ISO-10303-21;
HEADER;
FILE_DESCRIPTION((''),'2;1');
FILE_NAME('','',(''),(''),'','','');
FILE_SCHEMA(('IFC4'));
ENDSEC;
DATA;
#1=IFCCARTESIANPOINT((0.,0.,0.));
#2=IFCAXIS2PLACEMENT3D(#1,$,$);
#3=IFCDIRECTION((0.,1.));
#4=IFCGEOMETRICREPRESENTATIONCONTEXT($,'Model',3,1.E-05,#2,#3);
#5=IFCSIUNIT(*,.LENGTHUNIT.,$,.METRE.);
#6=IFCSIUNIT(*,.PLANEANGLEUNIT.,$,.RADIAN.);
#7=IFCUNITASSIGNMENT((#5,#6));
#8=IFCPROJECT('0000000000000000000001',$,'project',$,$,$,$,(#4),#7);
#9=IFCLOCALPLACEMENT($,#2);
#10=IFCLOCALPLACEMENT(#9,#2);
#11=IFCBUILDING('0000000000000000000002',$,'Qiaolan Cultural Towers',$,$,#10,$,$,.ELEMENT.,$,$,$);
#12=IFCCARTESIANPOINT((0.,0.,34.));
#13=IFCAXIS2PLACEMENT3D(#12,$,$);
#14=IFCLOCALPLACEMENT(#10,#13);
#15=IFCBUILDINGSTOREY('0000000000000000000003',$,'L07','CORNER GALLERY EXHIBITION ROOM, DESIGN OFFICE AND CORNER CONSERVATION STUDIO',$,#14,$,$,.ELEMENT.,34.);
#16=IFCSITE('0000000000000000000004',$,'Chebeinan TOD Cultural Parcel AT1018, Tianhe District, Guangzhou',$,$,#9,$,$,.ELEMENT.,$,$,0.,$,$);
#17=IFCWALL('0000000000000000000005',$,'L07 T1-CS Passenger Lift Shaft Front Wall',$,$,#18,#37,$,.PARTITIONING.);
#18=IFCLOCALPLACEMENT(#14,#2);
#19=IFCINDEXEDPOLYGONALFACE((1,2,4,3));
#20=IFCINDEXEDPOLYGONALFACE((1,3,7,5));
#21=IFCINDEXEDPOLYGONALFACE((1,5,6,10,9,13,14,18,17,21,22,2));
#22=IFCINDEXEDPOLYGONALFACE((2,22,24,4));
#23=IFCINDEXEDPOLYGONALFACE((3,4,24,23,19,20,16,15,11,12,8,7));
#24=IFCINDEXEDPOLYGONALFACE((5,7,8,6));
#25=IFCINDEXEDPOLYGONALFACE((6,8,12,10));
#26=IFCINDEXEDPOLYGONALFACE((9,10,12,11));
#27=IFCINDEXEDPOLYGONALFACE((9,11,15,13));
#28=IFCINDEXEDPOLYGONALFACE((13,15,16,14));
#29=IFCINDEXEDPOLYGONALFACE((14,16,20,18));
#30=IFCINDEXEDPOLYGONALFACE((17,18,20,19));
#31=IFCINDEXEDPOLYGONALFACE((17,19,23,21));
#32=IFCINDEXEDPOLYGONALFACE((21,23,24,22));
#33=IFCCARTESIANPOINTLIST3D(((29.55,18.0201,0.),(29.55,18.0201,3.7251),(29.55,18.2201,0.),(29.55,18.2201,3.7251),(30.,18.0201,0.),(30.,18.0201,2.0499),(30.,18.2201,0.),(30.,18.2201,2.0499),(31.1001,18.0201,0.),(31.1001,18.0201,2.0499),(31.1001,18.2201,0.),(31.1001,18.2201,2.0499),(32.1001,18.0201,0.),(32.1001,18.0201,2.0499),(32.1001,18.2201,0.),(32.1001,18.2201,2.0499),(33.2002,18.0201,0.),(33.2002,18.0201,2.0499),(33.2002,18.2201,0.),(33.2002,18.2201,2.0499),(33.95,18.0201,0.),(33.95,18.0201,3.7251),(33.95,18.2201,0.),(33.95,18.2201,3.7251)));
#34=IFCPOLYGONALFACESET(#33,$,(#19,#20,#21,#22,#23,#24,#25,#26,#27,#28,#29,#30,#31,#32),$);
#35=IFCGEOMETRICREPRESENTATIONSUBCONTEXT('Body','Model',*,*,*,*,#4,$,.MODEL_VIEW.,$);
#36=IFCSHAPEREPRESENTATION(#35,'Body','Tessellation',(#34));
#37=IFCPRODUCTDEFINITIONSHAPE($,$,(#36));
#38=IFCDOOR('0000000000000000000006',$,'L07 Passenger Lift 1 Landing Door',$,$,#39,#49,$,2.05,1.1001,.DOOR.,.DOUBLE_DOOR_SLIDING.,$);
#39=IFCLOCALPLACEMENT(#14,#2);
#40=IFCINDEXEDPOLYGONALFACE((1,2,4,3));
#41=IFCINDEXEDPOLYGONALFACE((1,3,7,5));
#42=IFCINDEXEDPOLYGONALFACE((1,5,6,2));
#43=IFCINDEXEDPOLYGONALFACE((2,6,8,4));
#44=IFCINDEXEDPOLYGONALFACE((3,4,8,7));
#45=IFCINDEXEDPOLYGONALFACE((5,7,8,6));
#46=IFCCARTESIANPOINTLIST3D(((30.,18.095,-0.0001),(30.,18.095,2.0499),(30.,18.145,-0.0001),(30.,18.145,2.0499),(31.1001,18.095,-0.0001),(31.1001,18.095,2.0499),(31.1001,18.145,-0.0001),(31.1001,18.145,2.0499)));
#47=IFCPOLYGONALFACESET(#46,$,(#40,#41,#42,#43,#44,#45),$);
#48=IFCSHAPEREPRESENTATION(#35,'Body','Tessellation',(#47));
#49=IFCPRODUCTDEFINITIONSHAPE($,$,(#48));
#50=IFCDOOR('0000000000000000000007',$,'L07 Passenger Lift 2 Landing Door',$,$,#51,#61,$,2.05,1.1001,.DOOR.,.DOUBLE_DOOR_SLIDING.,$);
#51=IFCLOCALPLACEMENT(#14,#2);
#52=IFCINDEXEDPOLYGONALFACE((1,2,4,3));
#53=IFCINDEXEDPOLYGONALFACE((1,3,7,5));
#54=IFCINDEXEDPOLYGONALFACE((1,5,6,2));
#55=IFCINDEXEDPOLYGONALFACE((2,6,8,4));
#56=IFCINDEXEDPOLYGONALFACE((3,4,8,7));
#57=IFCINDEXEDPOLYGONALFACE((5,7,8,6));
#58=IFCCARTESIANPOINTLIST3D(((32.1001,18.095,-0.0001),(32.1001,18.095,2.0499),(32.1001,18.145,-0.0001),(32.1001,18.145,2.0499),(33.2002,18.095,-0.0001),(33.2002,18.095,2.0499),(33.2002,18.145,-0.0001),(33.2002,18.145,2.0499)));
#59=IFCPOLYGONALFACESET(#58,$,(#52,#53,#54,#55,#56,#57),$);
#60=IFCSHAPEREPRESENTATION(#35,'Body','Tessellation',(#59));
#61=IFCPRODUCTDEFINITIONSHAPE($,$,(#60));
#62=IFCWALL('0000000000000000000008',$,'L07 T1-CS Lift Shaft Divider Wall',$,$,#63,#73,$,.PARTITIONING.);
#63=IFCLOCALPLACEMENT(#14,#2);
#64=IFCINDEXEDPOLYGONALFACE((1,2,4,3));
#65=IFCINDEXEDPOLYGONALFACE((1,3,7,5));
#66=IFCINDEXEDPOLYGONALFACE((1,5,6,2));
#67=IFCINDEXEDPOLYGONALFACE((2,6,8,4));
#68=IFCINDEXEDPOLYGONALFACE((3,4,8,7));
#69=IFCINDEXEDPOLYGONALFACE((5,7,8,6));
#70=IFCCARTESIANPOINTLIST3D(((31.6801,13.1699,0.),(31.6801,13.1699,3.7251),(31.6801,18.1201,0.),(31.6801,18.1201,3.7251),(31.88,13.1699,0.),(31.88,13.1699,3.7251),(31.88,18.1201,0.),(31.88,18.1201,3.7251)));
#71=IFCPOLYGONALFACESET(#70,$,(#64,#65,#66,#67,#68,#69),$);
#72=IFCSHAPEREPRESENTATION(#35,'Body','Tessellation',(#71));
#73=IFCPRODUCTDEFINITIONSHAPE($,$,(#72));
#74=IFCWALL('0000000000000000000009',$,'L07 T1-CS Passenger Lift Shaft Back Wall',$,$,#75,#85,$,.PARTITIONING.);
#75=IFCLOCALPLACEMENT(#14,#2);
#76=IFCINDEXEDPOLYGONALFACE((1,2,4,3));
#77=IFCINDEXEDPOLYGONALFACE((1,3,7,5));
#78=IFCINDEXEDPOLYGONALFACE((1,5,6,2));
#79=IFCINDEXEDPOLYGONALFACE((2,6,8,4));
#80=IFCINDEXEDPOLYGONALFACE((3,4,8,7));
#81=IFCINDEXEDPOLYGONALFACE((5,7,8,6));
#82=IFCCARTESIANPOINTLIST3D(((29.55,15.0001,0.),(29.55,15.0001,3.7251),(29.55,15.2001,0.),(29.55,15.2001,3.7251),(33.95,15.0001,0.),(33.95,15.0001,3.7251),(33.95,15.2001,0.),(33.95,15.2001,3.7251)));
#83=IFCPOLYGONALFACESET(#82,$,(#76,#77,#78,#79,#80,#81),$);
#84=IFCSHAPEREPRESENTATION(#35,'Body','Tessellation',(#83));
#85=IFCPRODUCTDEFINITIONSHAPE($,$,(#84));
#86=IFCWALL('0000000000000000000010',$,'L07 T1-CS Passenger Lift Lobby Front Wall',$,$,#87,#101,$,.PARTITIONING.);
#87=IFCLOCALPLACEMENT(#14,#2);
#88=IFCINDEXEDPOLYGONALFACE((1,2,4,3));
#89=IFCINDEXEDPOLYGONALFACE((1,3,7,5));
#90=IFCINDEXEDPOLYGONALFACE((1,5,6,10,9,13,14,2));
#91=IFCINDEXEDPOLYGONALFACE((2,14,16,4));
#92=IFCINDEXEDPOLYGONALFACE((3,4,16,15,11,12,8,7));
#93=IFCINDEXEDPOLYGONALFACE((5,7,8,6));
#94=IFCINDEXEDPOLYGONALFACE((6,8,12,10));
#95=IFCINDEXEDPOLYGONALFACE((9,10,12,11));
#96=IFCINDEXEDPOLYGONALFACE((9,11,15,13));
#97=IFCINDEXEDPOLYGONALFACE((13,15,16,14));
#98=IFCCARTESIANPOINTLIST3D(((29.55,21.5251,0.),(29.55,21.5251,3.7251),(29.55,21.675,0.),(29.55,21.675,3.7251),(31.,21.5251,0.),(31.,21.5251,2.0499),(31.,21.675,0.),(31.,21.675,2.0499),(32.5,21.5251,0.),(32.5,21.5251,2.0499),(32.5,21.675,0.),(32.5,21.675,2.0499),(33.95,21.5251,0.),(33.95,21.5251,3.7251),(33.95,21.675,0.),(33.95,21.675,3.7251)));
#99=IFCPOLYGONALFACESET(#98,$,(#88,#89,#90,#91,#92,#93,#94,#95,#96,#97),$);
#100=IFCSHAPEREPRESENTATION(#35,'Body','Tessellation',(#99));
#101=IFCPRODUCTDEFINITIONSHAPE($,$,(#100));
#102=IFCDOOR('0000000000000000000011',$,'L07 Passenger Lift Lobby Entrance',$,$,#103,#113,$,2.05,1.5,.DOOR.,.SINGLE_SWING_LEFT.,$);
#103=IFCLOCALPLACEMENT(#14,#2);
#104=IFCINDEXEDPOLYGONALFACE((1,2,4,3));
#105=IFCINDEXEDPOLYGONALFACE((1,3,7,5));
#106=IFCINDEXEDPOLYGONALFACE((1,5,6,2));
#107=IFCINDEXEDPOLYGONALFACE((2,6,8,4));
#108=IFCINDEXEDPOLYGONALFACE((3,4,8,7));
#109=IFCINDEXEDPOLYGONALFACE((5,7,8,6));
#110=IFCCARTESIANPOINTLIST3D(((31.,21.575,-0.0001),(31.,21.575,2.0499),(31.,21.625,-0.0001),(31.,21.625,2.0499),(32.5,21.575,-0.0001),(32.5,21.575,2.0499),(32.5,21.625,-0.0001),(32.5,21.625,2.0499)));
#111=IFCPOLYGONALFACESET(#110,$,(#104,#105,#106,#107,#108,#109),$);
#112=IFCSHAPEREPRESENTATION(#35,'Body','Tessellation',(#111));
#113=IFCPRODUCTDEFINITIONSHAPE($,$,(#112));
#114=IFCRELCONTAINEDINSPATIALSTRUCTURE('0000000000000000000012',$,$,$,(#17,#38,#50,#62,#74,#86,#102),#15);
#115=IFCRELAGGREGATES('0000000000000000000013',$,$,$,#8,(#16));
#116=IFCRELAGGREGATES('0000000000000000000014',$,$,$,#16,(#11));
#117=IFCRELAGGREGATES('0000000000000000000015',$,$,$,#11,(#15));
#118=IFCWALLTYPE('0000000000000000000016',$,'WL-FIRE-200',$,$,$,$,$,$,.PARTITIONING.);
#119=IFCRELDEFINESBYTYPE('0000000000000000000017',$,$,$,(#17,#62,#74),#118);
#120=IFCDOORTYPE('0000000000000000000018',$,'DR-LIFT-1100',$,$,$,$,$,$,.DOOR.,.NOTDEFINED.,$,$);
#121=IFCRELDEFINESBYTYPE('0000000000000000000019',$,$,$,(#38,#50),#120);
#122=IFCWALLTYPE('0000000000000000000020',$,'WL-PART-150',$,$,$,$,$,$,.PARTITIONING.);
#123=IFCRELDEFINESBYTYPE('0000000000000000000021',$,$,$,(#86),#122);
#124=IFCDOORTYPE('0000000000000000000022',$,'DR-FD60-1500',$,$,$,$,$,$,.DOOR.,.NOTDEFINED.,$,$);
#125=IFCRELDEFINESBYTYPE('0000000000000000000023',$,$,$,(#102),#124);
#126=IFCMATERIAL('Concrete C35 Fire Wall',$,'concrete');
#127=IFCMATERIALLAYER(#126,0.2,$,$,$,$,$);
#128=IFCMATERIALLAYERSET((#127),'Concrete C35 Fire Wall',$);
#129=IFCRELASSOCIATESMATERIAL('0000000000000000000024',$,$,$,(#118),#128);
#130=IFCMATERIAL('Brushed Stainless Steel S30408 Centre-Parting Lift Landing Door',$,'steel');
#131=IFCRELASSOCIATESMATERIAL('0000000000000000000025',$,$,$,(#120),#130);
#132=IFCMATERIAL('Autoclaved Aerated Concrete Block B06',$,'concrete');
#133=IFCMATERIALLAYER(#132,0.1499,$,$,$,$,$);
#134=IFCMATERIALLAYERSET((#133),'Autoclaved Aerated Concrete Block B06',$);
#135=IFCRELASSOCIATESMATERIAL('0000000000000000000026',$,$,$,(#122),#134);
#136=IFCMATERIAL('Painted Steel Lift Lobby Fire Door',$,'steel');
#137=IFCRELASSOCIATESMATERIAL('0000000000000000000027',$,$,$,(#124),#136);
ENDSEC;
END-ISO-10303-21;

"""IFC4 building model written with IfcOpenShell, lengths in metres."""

from ifc_helpers import new_model, si_unit, direction, frame, frame_2d, origin, place, context, subcontext, project, spatial, rectangle, extrude, material, layer, layer_set, type_object, element, fill, save


model = new_model("IFC4")

# Units and contexts
model_context = context("Model", 3, precision=1e-05, world=origin(), true_north=direction((0.0, 1.0)))
body_context = subcontext(model_context, "Body", "Model", "MODEL_VIEW")
ifc_project = project(units=[si_unit("LENGTHUNIT", "METRE"), si_unit("PLANEANGLEUNIT", "RADIAN")], contexts=[model_context])

# Site, building, storey
site_placement = place(None, origin())
site = spatial("IfcSite", under=ifc_project, at=site_placement, Name="Chebeinan TOD Cultural Parcel AT1018, Tianhe District, Guangzhou", CompositionType="ELEMENT", RefElevation=0.0)
building_placement = place(site_placement, origin())
building = spatial("IfcBuilding", under=site, at=building_placement, Name="Qiaolan Cultural Towers", CompositionType="ELEMENT")
storey_placement = place(building_placement, frame((0.0, 0.0, 34.0)))
storey = spatial("IfcBuildingStorey", under=building, at=storey_placement, Name="L07", Description="CORNER GALLERY EXHIBITION ROOM, DESIGN OFFICE AND CORNER CONSERVATION STUDIO", CompositionType="ELEMENT", Elevation=34.0)

# Shared definitions
ifc_material_1 = material(Name="Concrete C35 Fire Wall", Category="concrete")
ifc_layer_1 = layer(ifc_material_1, 0.2)
ifc_layer_set_1 = layer_set([ifc_layer_1], Name="Concrete C35 Fire Wall")
wall_type_1 = type_object("IfcWallType", Name="WL-FIRE-200", PredefinedType="PARTITIONING", material=ifc_layer_set_1)

# Wall, openings, doors
wall_1_placement = place(storey_placement, frame((29.55, 18.1201, 0.0), z_axis=(0.0, 0.0, 1.0), x_axis=(1.0, 0.0, 0.0)))
wall_1 = element("IfcWall", 1, at=wall_1_placement, inside=storey, type_object=wall_type_1, Name="L07 T1-CS Passenger Lift Shaft Front Wall", PredefinedType="PARTITIONING", context=body_context, shape_type="SweptSolid", body=[
    extrude(rectangle(XDim=4.3999, YDim=0.2, at=frame_2d((2.2, 0.0))), origin(), (0.0, 0.0, 1.0), 3.7251),
])
opening_1_placement = place(wall_1_placement, frame((0.45, 0.0, 0.0)))
opening_1 = element("IfcOpeningElement", 2, at=opening_1_placement, cuts=wall_1, PredefinedType="OPENING", context=body_context, shape_type="SweptSolid", body=[
    extrude(rectangle(XDim=1.1001, YDim=2.05, at=frame_2d((0.55, 1.0249))), frame((0.0, 0.1099, 0.0), z_axis=(0.0, -1.0, 0.0), x_axis=(1.0, 0.0, 0.0)), (0.0, 0.0, 1.0), 0.22),
])
opening_2_placement = place(wall_1_placement, frame((2.55, 0.0, 0.0)))
opening_2 = element("IfcOpeningElement", 3, at=opening_2_placement, cuts=wall_1, PredefinedType="OPENING", context=body_context, shape_type="SweptSolid", body=[
    extrude(rectangle(XDim=1.1001, YDim=2.05, at=frame_2d((0.55, 1.0249))), frame((0.0, 0.1099, 0.0), z_axis=(0.0, -1.0, 0.0), x_axis=(1.0, 0.0, 0.0)), (0.0, 0.0, 1.0), 0.22),
])
ifc_material_2 = material(Name="Brushed Stainless Steel S30408 Centre-Parting Lift Landing Door", Category="steel")
door_type_1 = type_object("IfcDoorType", Name="DR-LIFT-1100", OperationType="NOTDEFINED", PredefinedType="DOOR", material=ifc_material_2)
door_1_placement = place(opening_1_placement, origin())
door_1 = element("IfcDoor", 4, at=door_1_placement, inside=storey, type_object=door_type_1, Name="L07 Passenger Lift 1 Landing Door", OperationType="DOUBLE_DOOR_SLIDING", OverallHeight=2.05, OverallWidth=1.1001, PredefinedType="DOOR", context=body_context, shape_type="SweptSolid", body=[
    extrude(rectangle(XDim=1.1001, YDim=2.05, at=frame_2d((0.55, 1.0249))), frame((0.0, 0.0249, 0.0), z_axis=(0.0, -1.0, 0.0), x_axis=(1.0, 0.0, 0.0)), (0.0, 0.0, 1.0), 0.05),
])
fill(opening_1, door_1)
door_2_placement = place(opening_2_placement, origin())
door_2 = element("IfcDoor", 5, at=door_2_placement, inside=storey, type_object=door_type_1, Name="L07 Passenger Lift 2 Landing Door", OperationType="DOUBLE_DOOR_SLIDING", OverallHeight=2.05, OverallWidth=1.1001, PredefinedType="DOOR", context=body_context, shape_type="SweptSolid", body=[
    extrude(rectangle(XDim=1.1001, YDim=2.05, at=frame_2d((0.55, 1.0249))), frame((0.0, 0.0249, 0.0), z_axis=(0.0, -1.0, 0.0), x_axis=(1.0, 0.0, 0.0)), (0.0, 0.0, 1.0), 0.05),
])
fill(opening_2, door_2)

# Walls
wall_2_placement = place(storey_placement, frame((31.78, 18.1201, 0.0), z_axis=(0.0, 0.0, 1.0), x_axis=(0.0, -1.0, 0.0)))
element("IfcWall", 6, at=wall_2_placement, inside=storey, type_object=wall_type_1, Name="L07 T1-CS Lift Shaft Divider Wall", PredefinedType="PARTITIONING", context=body_context, shape_type="SweptSolid", body=[
    extrude(rectangle(XDim=4.9502, YDim=0.2, at=frame_2d((2.4751, 0.0))), origin(), (0.0, 0.0, 1.0), 3.7251),
])
wall_3_placement = place(storey_placement, frame((29.55, 15.1001, 0.0), z_axis=(0.0, 0.0, 1.0), x_axis=(1.0, 0.0, 0.0)))
element("IfcWall", 7, at=wall_3_placement, inside=storey, type_object=wall_type_1, Name="L07 T1-CS Passenger Lift Shaft Back Wall", PredefinedType="PARTITIONING", context=body_context, shape_type="SweptSolid", body=[
    extrude(rectangle(XDim=4.3999, YDim=0.2, at=frame_2d((2.2, 0.0))), origin(), (0.0, 0.0, 1.0), 3.7251),
])

# Wall, opening, door
ifc_material_3 = material(Name="Autoclaved Aerated Concrete Block B06", Category="concrete")
ifc_layer_2 = layer(ifc_material_3, 0.1499)
ifc_layer_set_2 = layer_set([ifc_layer_2], Name="Autoclaved Aerated Concrete Block B06")
wall_type_2 = type_object("IfcWallType", Name="WL-PART-150", PredefinedType="PARTITIONING", material=ifc_layer_set_2)
wall_4_placement = place(storey_placement, frame((29.55, 21.6001, 0.0), z_axis=(0.0, 0.0, 1.0), x_axis=(1.0, 0.0, 0.0)))
wall_4 = element("IfcWall", 8, at=wall_4_placement, inside=storey, type_object=wall_type_2, Name="L07 T1-CS Passenger Lift Lobby Front Wall", PredefinedType="PARTITIONING", context=body_context, shape_type="SweptSolid", body=[
    extrude(rectangle(XDim=4.3999, YDim=0.1499, at=frame_2d((2.2, 0.0))), origin(), (0.0, 0.0, 1.0), 3.7251),
])
opening_3_placement = place(wall_4_placement, frame((1.45, 0.0, 0.0)))
opening_3 = element("IfcOpeningElement", 9, at=opening_3_placement, cuts=wall_4, PredefinedType="OPENING", context=body_context, shape_type="SweptSolid", body=[
    extrude(rectangle(XDim=1.5, YDim=2.05, at=frame_2d((0.75, 1.0249))), frame((0.0, 0.085, 0.0), z_axis=(0.0, -1.0, 0.0), x_axis=(1.0, 0.0, 0.0)), (0.0, 0.0, 1.0), 0.1699),
])
ifc_material_4 = material(Name="Painted Steel Lift Lobby Fire Door", Category="steel")
door_type_2 = type_object("IfcDoorType", Name="DR-FD60-1500", OperationType="NOTDEFINED", PredefinedType="DOOR", material=ifc_material_4)
door_3_placement = place(opening_3_placement, origin())
door_3 = element("IfcDoor", 10, at=door_3_placement, inside=storey, type_object=door_type_2, Name="L07 Passenger Lift Lobby Entrance", OperationType="SINGLE_SWING_LEFT", OverallHeight=2.05, OverallWidth=1.5, PredefinedType="DOOR", context=body_context, shape_type="SweptSolid", body=[
    extrude(rectangle(XDim=1.5, YDim=2.05, at=frame_2d((0.75, 1.0249))), frame((0.0, 0.0249, 0.0), z_axis=(0.0, -1.0, 0.0), x_axis=(1.0, 0.0, 0.0)), (0.0, 0.0, 1.0), 0.05),
])
fill(opening_3, door_3)

save(model, "model.ifc")
